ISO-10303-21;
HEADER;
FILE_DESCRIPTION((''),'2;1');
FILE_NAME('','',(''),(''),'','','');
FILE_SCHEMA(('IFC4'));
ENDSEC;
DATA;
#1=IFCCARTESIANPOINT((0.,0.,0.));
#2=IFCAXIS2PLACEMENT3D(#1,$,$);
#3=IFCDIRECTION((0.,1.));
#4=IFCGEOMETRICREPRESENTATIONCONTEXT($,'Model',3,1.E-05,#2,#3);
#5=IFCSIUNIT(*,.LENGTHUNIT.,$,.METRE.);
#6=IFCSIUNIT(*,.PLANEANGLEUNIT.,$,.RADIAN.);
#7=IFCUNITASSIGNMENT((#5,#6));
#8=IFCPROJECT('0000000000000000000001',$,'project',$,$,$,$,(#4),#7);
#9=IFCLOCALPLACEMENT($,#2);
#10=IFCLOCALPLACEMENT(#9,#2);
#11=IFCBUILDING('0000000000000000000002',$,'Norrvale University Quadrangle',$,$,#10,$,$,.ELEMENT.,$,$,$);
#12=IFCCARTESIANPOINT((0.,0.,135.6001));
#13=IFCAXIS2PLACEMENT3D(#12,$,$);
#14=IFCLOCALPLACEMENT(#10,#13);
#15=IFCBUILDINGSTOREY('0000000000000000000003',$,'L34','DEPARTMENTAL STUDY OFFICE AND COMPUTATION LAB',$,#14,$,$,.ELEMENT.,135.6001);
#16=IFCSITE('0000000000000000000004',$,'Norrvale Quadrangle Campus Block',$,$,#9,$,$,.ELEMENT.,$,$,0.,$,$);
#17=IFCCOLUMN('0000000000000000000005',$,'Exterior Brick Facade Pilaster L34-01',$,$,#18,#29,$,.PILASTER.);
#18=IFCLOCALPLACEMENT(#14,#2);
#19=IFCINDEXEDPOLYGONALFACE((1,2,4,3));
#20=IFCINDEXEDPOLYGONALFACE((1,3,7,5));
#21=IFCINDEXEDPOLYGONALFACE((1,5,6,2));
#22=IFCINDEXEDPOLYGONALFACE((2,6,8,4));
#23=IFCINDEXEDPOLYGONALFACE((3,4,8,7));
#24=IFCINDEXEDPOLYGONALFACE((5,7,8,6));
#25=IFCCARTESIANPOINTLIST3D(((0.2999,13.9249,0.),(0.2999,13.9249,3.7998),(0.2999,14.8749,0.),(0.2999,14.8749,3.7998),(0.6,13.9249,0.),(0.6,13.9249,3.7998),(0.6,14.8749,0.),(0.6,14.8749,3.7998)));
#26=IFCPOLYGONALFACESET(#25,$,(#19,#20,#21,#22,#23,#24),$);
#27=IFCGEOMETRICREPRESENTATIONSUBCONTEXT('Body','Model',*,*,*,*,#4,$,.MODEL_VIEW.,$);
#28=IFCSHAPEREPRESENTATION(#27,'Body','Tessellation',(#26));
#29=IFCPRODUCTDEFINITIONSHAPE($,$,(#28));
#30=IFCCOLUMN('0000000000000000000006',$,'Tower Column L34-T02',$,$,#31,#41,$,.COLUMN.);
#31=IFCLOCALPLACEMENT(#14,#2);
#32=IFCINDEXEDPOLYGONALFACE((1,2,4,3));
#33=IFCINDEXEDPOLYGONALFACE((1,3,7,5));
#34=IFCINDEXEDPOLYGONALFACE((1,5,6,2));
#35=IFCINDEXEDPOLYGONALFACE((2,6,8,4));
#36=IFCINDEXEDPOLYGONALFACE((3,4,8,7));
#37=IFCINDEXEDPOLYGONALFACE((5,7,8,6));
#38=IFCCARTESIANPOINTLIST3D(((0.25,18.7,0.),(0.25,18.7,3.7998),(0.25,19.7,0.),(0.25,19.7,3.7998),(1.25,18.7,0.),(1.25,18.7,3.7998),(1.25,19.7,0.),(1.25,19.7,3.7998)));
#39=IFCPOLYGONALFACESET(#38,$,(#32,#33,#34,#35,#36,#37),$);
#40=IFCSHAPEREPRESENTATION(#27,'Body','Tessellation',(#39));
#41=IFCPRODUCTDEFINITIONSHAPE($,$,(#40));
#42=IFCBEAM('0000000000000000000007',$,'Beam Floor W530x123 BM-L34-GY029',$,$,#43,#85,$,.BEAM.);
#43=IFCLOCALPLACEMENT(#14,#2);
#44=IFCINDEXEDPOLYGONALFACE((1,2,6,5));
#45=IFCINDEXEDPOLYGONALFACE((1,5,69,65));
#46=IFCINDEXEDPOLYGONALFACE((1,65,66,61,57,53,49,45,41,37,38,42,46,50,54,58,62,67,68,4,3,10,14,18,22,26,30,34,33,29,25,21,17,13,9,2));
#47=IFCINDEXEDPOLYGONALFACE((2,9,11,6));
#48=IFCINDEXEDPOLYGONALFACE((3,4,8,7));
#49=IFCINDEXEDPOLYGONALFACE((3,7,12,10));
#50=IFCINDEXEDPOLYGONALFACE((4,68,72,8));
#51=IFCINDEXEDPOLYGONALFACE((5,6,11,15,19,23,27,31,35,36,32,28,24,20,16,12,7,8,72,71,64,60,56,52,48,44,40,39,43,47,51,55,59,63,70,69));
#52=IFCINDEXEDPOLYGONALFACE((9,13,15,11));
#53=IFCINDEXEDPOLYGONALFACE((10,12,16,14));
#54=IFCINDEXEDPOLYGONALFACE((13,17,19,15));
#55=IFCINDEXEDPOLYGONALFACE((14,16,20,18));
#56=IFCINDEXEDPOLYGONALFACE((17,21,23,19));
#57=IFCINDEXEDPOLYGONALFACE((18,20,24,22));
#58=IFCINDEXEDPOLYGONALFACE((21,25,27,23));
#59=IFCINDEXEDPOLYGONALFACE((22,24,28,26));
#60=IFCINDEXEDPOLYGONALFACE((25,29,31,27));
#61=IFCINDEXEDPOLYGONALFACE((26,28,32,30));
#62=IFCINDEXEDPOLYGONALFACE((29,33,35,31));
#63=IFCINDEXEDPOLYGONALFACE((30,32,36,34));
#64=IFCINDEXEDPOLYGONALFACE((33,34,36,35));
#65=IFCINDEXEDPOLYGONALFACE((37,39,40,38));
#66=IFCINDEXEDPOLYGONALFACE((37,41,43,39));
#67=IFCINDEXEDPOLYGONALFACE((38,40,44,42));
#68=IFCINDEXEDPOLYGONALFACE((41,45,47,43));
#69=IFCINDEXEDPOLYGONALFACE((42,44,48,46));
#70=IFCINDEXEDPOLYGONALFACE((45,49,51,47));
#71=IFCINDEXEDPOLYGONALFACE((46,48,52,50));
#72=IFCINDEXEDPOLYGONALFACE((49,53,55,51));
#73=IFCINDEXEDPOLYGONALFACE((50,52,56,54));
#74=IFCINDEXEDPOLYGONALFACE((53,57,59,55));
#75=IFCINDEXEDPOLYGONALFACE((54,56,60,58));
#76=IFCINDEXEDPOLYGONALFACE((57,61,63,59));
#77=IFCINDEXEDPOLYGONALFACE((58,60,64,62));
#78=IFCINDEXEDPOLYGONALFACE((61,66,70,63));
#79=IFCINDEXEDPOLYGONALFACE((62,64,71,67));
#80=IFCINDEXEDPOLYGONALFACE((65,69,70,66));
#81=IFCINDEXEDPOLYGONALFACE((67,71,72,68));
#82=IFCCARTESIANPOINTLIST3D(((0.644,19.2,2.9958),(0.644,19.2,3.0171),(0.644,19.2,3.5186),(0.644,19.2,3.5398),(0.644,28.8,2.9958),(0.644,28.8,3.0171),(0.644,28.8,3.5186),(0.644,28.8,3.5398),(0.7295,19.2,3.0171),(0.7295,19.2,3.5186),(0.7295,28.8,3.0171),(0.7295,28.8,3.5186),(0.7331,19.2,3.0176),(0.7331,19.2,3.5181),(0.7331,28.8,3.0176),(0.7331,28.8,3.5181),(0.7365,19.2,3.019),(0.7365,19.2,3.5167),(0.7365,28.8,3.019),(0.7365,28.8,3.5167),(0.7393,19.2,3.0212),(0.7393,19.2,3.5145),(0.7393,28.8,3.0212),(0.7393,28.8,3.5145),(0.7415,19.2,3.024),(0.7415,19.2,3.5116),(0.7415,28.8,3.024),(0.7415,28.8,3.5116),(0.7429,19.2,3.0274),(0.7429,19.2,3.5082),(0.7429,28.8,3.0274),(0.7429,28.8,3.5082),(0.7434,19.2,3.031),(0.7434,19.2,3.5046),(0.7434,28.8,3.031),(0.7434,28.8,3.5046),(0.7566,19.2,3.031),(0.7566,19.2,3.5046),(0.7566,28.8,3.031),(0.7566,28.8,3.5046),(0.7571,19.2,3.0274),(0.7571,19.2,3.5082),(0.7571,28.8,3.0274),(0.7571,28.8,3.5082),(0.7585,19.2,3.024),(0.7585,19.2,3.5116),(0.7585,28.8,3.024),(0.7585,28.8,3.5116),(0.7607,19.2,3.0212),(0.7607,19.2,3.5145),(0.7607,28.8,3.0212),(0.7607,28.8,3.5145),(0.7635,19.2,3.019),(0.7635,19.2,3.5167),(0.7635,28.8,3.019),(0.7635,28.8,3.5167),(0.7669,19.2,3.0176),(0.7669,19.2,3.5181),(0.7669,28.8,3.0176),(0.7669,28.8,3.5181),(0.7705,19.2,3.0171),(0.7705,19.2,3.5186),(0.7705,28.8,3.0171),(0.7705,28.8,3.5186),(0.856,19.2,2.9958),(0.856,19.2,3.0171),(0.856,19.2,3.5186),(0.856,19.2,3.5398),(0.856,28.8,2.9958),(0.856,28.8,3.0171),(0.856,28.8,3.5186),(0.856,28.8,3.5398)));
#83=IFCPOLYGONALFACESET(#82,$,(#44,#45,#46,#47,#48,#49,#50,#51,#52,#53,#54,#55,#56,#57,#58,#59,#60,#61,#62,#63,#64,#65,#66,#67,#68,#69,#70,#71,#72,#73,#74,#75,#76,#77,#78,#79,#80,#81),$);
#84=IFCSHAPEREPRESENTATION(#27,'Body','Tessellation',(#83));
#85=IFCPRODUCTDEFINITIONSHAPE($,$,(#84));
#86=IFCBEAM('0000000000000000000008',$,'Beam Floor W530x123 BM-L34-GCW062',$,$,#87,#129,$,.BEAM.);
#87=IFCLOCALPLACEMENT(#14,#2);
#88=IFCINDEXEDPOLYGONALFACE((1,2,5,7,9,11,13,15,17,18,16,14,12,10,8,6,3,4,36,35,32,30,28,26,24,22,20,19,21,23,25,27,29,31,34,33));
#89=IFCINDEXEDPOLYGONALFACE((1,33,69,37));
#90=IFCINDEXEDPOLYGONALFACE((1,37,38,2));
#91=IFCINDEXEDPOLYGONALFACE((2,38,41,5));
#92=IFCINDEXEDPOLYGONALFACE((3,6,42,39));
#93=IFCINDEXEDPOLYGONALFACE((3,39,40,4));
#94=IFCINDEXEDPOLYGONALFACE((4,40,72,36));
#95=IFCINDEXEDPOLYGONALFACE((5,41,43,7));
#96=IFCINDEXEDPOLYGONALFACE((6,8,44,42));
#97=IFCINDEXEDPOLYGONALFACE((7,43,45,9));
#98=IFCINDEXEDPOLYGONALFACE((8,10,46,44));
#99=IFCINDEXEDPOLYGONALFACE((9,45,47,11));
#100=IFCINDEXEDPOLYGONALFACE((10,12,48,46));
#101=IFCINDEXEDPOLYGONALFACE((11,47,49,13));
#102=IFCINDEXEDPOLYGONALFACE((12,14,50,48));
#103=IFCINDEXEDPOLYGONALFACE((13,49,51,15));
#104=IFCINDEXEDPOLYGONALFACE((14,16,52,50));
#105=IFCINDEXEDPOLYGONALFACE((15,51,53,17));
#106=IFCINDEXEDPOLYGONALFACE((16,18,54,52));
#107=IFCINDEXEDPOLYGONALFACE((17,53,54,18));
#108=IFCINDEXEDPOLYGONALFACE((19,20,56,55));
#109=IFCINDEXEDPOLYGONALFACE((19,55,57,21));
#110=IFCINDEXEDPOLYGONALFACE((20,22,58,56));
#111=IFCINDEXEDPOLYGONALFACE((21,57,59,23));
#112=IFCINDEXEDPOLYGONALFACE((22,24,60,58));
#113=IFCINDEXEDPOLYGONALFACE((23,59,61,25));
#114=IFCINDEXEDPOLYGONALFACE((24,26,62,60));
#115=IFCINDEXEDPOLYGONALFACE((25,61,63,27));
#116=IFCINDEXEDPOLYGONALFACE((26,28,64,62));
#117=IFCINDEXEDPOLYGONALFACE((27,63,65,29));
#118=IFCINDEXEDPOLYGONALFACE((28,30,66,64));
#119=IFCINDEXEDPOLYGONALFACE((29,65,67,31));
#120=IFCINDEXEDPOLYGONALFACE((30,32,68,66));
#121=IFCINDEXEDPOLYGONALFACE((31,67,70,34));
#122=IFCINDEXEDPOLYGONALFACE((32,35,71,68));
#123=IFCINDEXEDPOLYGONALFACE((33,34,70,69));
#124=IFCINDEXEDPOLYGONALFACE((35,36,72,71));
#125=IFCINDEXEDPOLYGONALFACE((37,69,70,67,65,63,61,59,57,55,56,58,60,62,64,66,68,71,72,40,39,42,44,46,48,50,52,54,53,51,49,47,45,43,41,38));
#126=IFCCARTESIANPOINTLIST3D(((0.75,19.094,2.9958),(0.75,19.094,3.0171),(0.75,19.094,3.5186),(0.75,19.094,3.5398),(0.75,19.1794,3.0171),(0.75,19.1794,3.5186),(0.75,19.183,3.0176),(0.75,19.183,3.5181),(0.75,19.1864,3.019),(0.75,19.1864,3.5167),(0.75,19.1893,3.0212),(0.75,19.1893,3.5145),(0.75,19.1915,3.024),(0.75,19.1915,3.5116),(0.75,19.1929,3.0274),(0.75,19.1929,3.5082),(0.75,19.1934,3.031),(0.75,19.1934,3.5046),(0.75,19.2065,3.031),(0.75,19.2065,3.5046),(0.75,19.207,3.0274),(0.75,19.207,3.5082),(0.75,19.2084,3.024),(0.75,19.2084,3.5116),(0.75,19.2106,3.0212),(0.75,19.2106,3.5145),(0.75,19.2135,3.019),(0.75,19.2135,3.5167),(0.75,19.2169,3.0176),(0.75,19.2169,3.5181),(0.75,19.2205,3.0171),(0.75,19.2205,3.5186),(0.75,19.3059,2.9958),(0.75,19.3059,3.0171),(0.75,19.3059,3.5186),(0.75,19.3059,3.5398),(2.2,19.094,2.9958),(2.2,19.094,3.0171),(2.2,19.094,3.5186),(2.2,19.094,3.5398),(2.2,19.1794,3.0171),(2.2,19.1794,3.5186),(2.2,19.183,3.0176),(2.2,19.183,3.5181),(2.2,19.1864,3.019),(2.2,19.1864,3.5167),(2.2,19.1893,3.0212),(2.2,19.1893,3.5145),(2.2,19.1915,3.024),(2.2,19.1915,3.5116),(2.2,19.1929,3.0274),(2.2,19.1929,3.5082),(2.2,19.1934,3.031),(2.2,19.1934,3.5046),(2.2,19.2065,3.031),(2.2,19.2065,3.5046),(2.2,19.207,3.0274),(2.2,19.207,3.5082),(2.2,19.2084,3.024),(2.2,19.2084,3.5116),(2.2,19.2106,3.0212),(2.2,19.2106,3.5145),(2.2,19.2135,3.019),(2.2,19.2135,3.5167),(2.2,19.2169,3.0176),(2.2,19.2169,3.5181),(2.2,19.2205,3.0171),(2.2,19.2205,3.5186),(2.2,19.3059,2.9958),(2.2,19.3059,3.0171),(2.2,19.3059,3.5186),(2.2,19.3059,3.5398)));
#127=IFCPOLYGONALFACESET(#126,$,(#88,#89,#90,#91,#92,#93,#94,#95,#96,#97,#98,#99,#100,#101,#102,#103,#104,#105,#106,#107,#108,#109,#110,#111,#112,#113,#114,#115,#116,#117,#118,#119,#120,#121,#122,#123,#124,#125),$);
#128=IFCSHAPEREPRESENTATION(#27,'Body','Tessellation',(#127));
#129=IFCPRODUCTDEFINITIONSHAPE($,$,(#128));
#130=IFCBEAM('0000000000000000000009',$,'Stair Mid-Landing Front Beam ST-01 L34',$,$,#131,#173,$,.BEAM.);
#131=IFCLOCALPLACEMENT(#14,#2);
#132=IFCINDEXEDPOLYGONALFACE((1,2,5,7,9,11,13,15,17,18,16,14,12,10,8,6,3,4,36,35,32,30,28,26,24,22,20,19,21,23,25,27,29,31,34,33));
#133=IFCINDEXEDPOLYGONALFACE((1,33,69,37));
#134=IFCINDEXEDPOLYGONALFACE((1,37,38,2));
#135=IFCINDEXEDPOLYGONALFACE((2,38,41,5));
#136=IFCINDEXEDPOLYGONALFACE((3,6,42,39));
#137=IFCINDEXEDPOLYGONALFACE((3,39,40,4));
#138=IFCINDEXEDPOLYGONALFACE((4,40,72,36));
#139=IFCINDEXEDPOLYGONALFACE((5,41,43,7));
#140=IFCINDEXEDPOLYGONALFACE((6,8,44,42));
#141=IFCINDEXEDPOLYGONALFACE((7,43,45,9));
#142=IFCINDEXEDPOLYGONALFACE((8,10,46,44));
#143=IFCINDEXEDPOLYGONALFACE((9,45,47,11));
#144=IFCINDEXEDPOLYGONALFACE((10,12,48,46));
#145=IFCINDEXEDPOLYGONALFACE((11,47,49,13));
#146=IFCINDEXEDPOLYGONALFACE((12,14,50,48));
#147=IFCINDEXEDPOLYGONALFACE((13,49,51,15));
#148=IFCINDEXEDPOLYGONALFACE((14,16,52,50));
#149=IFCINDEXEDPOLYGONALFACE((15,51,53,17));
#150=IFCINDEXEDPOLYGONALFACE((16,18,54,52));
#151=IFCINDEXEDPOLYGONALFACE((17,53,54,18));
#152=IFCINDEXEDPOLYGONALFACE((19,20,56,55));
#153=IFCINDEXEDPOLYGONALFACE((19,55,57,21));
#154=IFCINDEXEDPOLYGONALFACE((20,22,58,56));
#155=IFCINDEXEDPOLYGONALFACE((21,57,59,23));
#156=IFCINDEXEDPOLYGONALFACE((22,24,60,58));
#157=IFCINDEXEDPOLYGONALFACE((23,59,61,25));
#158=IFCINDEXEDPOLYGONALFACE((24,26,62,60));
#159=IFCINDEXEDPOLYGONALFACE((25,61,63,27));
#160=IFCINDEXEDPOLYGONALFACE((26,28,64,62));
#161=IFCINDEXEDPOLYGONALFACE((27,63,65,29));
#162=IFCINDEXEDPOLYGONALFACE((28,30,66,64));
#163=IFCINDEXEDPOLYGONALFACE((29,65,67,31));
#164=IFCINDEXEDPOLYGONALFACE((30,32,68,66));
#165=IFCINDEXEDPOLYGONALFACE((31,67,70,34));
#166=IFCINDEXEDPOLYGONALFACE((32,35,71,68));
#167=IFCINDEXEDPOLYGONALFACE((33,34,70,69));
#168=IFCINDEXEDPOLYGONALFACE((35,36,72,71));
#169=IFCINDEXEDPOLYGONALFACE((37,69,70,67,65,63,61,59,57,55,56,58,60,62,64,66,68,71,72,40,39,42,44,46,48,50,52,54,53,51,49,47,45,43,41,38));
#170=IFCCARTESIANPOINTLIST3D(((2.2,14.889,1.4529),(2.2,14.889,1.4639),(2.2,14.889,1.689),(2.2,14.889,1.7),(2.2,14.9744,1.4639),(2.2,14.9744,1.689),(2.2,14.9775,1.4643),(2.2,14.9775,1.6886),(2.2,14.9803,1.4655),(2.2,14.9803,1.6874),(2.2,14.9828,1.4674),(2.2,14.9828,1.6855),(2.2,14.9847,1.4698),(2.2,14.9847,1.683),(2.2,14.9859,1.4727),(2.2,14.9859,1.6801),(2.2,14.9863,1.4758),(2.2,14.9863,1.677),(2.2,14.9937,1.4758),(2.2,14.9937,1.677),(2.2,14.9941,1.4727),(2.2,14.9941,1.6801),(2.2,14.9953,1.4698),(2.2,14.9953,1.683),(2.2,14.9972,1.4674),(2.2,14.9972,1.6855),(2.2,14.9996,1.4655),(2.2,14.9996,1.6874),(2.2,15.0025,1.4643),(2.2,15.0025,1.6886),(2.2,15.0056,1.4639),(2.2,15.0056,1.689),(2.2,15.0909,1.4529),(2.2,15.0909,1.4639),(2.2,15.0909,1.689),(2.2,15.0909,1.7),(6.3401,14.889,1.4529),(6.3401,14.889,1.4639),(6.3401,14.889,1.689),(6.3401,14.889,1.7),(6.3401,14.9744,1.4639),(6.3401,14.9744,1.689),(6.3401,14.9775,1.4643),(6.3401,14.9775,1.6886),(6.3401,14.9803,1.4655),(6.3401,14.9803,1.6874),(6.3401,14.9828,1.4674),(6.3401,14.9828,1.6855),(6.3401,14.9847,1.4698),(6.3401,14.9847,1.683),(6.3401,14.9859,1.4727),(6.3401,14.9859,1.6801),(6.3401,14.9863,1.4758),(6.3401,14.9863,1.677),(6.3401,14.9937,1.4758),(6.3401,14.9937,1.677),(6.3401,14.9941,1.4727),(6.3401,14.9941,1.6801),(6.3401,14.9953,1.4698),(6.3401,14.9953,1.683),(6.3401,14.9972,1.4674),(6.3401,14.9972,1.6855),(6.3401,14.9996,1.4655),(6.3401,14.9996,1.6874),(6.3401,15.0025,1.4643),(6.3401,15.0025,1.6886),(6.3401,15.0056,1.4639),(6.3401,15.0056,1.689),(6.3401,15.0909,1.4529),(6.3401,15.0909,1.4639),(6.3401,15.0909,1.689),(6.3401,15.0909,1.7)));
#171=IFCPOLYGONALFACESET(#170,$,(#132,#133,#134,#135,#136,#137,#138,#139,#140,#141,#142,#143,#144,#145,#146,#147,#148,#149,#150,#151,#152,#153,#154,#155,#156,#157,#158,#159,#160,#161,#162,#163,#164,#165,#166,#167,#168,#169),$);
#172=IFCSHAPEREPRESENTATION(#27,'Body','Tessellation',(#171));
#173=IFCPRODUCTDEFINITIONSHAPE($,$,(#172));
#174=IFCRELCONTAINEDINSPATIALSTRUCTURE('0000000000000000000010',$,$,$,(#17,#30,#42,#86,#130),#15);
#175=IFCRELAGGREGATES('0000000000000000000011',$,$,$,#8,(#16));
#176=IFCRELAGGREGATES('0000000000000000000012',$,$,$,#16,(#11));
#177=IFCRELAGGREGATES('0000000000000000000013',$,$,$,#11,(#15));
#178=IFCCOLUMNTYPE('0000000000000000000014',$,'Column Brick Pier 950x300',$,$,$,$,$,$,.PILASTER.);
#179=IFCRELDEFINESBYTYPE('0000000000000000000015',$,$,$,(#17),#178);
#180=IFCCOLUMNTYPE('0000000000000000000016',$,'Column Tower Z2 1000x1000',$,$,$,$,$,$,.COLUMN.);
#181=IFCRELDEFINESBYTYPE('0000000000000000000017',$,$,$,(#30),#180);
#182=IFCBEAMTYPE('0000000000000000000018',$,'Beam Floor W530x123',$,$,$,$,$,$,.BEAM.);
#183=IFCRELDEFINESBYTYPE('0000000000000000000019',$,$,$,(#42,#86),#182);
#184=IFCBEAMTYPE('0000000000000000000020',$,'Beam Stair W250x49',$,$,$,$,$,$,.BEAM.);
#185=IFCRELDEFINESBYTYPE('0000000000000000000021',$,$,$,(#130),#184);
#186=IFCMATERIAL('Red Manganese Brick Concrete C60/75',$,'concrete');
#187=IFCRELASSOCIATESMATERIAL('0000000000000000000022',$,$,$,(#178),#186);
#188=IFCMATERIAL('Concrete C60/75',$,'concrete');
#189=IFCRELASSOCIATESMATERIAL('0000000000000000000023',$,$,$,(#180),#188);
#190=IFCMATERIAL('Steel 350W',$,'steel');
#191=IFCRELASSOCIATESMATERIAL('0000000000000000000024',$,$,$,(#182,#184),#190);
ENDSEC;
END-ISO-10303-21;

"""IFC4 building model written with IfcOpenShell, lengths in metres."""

from ifc_helpers import new_model, si_unit, direction, frame, origin, origin_2d, place, context, subcontext, project, spatial, rectangle, i_section, extrude, material, material_profile, profile_set, type_object, element, save


model = new_model("IFC4")

# Units and contexts
model_context = context("Model", 3, precision=1e-05, world=origin(), true_north=direction((0.0, 1.0)))
body_context = subcontext(model_context, "Body", "Model", "MODEL_VIEW")
ifc_project = project(units=[si_unit("LENGTHUNIT", "METRE"), si_unit("PLANEANGLEUNIT", "RADIAN")], contexts=[model_context])

# Site, building, storey
site_placement = place(None, origin())
site = spatial("IfcSite", under=ifc_project, at=site_placement, Name="Norrvale Quadrangle Campus Block", CompositionType="ELEMENT", RefElevation=0.0)
building_placement = place(site_placement, origin())
building = spatial("IfcBuilding", under=site, at=building_placement, Name="Norrvale University Quadrangle", CompositionType="ELEMENT")
storey_placement = place(building_placement, frame((0.0, 0.0, 135.6001)))
storey = spatial("IfcBuildingStorey", under=building, at=storey_placement, Name="L34", Description="DEPARTMENTAL STUDY OFFICE AND COMPUTATION LAB", CompositionType="ELEMENT", Elevation=135.6001)

# Columns
ifc_material_1 = material(Name="Red Manganese Brick Concrete C60/75", Category="concrete")
ifc_material_profile_1 = material_profile(ifc_material_1, rectangle(XDim=0.95, YDim=0.3, at=origin_2d()), Name="Red Manganese Brick Concrete C60/75")
ifc_profile_set_1 = profile_set([ifc_material_profile_1], Name="Red Manganese Brick Concrete C60/75")
column_type_1 = type_object("IfcColumnType", Name="Column Brick Pier 950x300", PredefinedType="PILASTER", material=ifc_profile_set_1)
column_1_placement = place(storey_placement, frame((0.45, 14.3999, 0.0), z_axis=(0.0, 0.0, 1.0), x_axis=(0.0, 1.0, 0.0)))
element("IfcColumn", 1, at=column_1_placement, inside=storey, type_object=column_type_1, Name="Exterior Brick Facade Pilaster L34-01", PredefinedType="PILASTER", context=body_context, shape_type="SweptSolid", body=[
    extrude(rectangle(XDim=0.95, YDim=0.3, at=origin_2d()), origin(), (0.0, 0.0, 1.0), 3.7998),
])
ifc_material_2 = material(Name="Concrete C60/75", Category="concrete")
ifc_material_profile_2 = material_profile(ifc_material_2, rectangle(XDim=1.0, YDim=1.0, at=origin_2d()), Name="Concrete C60/75")
ifc_profile_set_2 = profile_set([ifc_material_profile_2], Name="Concrete C60/75")
column_type_2 = type_object("IfcColumnType", Name="Column Tower Z2 1000x1000", PredefinedType="COLUMN", material=ifc_profile_set_2)
column_2_placement = place(storey_placement, frame((0.75, 19.2, 0.0), z_axis=(0.0, 0.0, 1.0), x_axis=(1.0, 0.0, 0.0)))
element("IfcColumn", 2, at=column_2_placement, inside=storey, type_object=column_type_2, Name="Tower Column L34-T02", PredefinedType="COLUMN", context=body_context, shape_type="SweptSolid", body=[
    extrude(rectangle(XDim=1.0, YDim=1.0, at=origin_2d()), origin(), (0.0, 0.0, 1.0), 3.7998),
])

# Beams
ifc_material_3 = material(Name="Steel 350W", Category="steel")
ifc_material_profile_3 = material_profile(ifc_material_3, i_section(OverallWidth=0.2119, OverallDepth=0.5439, WebThickness=0.0132, FlangeThickness=0.0212, FilletRadius=0.0139, at=origin_2d()), Name="Steel 350W")
ifc_profile_set_3 = profile_set([ifc_material_profile_3], Name="Steel 350W")
beam_type_1 = type_object("IfcBeamType", Name="Beam Floor W530x123", PredefinedType="BEAM", material=ifc_profile_set_3)
beam_1_placement = place(storey_placement, frame((0.75, 19.2, 3.2678), z_axis=(0.0, 1.0, 0.0), x_axis=(-1.0, 0.0, 0.0)))
element("IfcBeam", 3, at=beam_1_placement, inside=storey, type_object=beam_type_1, Name="Beam Floor W530x123 BM-L34-GY029", PredefinedType="BEAM", context=body_context, shape_type="SweptSolid", body=[
    extrude(i_section(OverallWidth=0.2119, OverallDepth=0.5439, WebThickness=0.0132, FlangeThickness=0.0212, FilletRadius=0.0139, at=origin_2d()), origin(), (0.0, 0.0, 1.0), 9.6001),
])
beam_2_placement = place(storey_placement, frame((0.75, 19.2, 3.2678), z_axis=(1.0, 0.0, 0.0), x_axis=(0.0, 1.0, 0.0)))
element("IfcBeam", 4, at=beam_2_placement, inside=storey, type_object=beam_type_1, Name="Beam Floor W530x123 BM-L34-GCW062", PredefinedType="BEAM", context=body_context, shape_type="SweptSolid", body=[
    extrude(i_section(OverallWidth=0.2119, OverallDepth=0.5439, WebThickness=0.0132, FlangeThickness=0.0212, FilletRadius=0.0139, at=origin_2d()), origin(), (0.0, 0.0, 1.0), 1.45),
])
ifc_material_profile_4 = material_profile(ifc_material_3, i_section(OverallWidth=0.2019, OverallDepth=0.2471, WebThickness=0.0073, FlangeThickness=0.011, FilletRadius=0.012, at=origin_2d()), Name="Steel 350W")
ifc_profile_set_4 = profile_set([ifc_material_profile_4], Name="Steel 350W")
beam_type_2 = type_object("IfcBeamType", Name="Beam Stair W250x49", PredefinedType="BEAM", material=ifc_profile_set_4)
for number, where, z_axis, x_axis, name in (
    (5, (2.2, 14.99, 1.5764), (1.0, 0.0, 0.0), (0.0, 1.0, 0.0), "Stair Mid-Landing Front Beam ST-01 L34"),
):
    element("IfcBeam", number, at=place(storey_placement, frame(where, z_axis=z_axis, x_axis=x_axis)), inside=storey, type_object=beam_type_2, Name=name, PredefinedType="BEAM", context=body_context, shape_type="SweptSolid", body=[
        extrude(i_section(OverallWidth=0.2019, OverallDepth=0.2471, WebThickness=0.0073, FlangeThickness=0.011, FilletRadius=0.012, at=origin_2d()), origin(), (0.0, 0.0, 1.0), 4.1401),
    ])

save(model, "model.ifc")
